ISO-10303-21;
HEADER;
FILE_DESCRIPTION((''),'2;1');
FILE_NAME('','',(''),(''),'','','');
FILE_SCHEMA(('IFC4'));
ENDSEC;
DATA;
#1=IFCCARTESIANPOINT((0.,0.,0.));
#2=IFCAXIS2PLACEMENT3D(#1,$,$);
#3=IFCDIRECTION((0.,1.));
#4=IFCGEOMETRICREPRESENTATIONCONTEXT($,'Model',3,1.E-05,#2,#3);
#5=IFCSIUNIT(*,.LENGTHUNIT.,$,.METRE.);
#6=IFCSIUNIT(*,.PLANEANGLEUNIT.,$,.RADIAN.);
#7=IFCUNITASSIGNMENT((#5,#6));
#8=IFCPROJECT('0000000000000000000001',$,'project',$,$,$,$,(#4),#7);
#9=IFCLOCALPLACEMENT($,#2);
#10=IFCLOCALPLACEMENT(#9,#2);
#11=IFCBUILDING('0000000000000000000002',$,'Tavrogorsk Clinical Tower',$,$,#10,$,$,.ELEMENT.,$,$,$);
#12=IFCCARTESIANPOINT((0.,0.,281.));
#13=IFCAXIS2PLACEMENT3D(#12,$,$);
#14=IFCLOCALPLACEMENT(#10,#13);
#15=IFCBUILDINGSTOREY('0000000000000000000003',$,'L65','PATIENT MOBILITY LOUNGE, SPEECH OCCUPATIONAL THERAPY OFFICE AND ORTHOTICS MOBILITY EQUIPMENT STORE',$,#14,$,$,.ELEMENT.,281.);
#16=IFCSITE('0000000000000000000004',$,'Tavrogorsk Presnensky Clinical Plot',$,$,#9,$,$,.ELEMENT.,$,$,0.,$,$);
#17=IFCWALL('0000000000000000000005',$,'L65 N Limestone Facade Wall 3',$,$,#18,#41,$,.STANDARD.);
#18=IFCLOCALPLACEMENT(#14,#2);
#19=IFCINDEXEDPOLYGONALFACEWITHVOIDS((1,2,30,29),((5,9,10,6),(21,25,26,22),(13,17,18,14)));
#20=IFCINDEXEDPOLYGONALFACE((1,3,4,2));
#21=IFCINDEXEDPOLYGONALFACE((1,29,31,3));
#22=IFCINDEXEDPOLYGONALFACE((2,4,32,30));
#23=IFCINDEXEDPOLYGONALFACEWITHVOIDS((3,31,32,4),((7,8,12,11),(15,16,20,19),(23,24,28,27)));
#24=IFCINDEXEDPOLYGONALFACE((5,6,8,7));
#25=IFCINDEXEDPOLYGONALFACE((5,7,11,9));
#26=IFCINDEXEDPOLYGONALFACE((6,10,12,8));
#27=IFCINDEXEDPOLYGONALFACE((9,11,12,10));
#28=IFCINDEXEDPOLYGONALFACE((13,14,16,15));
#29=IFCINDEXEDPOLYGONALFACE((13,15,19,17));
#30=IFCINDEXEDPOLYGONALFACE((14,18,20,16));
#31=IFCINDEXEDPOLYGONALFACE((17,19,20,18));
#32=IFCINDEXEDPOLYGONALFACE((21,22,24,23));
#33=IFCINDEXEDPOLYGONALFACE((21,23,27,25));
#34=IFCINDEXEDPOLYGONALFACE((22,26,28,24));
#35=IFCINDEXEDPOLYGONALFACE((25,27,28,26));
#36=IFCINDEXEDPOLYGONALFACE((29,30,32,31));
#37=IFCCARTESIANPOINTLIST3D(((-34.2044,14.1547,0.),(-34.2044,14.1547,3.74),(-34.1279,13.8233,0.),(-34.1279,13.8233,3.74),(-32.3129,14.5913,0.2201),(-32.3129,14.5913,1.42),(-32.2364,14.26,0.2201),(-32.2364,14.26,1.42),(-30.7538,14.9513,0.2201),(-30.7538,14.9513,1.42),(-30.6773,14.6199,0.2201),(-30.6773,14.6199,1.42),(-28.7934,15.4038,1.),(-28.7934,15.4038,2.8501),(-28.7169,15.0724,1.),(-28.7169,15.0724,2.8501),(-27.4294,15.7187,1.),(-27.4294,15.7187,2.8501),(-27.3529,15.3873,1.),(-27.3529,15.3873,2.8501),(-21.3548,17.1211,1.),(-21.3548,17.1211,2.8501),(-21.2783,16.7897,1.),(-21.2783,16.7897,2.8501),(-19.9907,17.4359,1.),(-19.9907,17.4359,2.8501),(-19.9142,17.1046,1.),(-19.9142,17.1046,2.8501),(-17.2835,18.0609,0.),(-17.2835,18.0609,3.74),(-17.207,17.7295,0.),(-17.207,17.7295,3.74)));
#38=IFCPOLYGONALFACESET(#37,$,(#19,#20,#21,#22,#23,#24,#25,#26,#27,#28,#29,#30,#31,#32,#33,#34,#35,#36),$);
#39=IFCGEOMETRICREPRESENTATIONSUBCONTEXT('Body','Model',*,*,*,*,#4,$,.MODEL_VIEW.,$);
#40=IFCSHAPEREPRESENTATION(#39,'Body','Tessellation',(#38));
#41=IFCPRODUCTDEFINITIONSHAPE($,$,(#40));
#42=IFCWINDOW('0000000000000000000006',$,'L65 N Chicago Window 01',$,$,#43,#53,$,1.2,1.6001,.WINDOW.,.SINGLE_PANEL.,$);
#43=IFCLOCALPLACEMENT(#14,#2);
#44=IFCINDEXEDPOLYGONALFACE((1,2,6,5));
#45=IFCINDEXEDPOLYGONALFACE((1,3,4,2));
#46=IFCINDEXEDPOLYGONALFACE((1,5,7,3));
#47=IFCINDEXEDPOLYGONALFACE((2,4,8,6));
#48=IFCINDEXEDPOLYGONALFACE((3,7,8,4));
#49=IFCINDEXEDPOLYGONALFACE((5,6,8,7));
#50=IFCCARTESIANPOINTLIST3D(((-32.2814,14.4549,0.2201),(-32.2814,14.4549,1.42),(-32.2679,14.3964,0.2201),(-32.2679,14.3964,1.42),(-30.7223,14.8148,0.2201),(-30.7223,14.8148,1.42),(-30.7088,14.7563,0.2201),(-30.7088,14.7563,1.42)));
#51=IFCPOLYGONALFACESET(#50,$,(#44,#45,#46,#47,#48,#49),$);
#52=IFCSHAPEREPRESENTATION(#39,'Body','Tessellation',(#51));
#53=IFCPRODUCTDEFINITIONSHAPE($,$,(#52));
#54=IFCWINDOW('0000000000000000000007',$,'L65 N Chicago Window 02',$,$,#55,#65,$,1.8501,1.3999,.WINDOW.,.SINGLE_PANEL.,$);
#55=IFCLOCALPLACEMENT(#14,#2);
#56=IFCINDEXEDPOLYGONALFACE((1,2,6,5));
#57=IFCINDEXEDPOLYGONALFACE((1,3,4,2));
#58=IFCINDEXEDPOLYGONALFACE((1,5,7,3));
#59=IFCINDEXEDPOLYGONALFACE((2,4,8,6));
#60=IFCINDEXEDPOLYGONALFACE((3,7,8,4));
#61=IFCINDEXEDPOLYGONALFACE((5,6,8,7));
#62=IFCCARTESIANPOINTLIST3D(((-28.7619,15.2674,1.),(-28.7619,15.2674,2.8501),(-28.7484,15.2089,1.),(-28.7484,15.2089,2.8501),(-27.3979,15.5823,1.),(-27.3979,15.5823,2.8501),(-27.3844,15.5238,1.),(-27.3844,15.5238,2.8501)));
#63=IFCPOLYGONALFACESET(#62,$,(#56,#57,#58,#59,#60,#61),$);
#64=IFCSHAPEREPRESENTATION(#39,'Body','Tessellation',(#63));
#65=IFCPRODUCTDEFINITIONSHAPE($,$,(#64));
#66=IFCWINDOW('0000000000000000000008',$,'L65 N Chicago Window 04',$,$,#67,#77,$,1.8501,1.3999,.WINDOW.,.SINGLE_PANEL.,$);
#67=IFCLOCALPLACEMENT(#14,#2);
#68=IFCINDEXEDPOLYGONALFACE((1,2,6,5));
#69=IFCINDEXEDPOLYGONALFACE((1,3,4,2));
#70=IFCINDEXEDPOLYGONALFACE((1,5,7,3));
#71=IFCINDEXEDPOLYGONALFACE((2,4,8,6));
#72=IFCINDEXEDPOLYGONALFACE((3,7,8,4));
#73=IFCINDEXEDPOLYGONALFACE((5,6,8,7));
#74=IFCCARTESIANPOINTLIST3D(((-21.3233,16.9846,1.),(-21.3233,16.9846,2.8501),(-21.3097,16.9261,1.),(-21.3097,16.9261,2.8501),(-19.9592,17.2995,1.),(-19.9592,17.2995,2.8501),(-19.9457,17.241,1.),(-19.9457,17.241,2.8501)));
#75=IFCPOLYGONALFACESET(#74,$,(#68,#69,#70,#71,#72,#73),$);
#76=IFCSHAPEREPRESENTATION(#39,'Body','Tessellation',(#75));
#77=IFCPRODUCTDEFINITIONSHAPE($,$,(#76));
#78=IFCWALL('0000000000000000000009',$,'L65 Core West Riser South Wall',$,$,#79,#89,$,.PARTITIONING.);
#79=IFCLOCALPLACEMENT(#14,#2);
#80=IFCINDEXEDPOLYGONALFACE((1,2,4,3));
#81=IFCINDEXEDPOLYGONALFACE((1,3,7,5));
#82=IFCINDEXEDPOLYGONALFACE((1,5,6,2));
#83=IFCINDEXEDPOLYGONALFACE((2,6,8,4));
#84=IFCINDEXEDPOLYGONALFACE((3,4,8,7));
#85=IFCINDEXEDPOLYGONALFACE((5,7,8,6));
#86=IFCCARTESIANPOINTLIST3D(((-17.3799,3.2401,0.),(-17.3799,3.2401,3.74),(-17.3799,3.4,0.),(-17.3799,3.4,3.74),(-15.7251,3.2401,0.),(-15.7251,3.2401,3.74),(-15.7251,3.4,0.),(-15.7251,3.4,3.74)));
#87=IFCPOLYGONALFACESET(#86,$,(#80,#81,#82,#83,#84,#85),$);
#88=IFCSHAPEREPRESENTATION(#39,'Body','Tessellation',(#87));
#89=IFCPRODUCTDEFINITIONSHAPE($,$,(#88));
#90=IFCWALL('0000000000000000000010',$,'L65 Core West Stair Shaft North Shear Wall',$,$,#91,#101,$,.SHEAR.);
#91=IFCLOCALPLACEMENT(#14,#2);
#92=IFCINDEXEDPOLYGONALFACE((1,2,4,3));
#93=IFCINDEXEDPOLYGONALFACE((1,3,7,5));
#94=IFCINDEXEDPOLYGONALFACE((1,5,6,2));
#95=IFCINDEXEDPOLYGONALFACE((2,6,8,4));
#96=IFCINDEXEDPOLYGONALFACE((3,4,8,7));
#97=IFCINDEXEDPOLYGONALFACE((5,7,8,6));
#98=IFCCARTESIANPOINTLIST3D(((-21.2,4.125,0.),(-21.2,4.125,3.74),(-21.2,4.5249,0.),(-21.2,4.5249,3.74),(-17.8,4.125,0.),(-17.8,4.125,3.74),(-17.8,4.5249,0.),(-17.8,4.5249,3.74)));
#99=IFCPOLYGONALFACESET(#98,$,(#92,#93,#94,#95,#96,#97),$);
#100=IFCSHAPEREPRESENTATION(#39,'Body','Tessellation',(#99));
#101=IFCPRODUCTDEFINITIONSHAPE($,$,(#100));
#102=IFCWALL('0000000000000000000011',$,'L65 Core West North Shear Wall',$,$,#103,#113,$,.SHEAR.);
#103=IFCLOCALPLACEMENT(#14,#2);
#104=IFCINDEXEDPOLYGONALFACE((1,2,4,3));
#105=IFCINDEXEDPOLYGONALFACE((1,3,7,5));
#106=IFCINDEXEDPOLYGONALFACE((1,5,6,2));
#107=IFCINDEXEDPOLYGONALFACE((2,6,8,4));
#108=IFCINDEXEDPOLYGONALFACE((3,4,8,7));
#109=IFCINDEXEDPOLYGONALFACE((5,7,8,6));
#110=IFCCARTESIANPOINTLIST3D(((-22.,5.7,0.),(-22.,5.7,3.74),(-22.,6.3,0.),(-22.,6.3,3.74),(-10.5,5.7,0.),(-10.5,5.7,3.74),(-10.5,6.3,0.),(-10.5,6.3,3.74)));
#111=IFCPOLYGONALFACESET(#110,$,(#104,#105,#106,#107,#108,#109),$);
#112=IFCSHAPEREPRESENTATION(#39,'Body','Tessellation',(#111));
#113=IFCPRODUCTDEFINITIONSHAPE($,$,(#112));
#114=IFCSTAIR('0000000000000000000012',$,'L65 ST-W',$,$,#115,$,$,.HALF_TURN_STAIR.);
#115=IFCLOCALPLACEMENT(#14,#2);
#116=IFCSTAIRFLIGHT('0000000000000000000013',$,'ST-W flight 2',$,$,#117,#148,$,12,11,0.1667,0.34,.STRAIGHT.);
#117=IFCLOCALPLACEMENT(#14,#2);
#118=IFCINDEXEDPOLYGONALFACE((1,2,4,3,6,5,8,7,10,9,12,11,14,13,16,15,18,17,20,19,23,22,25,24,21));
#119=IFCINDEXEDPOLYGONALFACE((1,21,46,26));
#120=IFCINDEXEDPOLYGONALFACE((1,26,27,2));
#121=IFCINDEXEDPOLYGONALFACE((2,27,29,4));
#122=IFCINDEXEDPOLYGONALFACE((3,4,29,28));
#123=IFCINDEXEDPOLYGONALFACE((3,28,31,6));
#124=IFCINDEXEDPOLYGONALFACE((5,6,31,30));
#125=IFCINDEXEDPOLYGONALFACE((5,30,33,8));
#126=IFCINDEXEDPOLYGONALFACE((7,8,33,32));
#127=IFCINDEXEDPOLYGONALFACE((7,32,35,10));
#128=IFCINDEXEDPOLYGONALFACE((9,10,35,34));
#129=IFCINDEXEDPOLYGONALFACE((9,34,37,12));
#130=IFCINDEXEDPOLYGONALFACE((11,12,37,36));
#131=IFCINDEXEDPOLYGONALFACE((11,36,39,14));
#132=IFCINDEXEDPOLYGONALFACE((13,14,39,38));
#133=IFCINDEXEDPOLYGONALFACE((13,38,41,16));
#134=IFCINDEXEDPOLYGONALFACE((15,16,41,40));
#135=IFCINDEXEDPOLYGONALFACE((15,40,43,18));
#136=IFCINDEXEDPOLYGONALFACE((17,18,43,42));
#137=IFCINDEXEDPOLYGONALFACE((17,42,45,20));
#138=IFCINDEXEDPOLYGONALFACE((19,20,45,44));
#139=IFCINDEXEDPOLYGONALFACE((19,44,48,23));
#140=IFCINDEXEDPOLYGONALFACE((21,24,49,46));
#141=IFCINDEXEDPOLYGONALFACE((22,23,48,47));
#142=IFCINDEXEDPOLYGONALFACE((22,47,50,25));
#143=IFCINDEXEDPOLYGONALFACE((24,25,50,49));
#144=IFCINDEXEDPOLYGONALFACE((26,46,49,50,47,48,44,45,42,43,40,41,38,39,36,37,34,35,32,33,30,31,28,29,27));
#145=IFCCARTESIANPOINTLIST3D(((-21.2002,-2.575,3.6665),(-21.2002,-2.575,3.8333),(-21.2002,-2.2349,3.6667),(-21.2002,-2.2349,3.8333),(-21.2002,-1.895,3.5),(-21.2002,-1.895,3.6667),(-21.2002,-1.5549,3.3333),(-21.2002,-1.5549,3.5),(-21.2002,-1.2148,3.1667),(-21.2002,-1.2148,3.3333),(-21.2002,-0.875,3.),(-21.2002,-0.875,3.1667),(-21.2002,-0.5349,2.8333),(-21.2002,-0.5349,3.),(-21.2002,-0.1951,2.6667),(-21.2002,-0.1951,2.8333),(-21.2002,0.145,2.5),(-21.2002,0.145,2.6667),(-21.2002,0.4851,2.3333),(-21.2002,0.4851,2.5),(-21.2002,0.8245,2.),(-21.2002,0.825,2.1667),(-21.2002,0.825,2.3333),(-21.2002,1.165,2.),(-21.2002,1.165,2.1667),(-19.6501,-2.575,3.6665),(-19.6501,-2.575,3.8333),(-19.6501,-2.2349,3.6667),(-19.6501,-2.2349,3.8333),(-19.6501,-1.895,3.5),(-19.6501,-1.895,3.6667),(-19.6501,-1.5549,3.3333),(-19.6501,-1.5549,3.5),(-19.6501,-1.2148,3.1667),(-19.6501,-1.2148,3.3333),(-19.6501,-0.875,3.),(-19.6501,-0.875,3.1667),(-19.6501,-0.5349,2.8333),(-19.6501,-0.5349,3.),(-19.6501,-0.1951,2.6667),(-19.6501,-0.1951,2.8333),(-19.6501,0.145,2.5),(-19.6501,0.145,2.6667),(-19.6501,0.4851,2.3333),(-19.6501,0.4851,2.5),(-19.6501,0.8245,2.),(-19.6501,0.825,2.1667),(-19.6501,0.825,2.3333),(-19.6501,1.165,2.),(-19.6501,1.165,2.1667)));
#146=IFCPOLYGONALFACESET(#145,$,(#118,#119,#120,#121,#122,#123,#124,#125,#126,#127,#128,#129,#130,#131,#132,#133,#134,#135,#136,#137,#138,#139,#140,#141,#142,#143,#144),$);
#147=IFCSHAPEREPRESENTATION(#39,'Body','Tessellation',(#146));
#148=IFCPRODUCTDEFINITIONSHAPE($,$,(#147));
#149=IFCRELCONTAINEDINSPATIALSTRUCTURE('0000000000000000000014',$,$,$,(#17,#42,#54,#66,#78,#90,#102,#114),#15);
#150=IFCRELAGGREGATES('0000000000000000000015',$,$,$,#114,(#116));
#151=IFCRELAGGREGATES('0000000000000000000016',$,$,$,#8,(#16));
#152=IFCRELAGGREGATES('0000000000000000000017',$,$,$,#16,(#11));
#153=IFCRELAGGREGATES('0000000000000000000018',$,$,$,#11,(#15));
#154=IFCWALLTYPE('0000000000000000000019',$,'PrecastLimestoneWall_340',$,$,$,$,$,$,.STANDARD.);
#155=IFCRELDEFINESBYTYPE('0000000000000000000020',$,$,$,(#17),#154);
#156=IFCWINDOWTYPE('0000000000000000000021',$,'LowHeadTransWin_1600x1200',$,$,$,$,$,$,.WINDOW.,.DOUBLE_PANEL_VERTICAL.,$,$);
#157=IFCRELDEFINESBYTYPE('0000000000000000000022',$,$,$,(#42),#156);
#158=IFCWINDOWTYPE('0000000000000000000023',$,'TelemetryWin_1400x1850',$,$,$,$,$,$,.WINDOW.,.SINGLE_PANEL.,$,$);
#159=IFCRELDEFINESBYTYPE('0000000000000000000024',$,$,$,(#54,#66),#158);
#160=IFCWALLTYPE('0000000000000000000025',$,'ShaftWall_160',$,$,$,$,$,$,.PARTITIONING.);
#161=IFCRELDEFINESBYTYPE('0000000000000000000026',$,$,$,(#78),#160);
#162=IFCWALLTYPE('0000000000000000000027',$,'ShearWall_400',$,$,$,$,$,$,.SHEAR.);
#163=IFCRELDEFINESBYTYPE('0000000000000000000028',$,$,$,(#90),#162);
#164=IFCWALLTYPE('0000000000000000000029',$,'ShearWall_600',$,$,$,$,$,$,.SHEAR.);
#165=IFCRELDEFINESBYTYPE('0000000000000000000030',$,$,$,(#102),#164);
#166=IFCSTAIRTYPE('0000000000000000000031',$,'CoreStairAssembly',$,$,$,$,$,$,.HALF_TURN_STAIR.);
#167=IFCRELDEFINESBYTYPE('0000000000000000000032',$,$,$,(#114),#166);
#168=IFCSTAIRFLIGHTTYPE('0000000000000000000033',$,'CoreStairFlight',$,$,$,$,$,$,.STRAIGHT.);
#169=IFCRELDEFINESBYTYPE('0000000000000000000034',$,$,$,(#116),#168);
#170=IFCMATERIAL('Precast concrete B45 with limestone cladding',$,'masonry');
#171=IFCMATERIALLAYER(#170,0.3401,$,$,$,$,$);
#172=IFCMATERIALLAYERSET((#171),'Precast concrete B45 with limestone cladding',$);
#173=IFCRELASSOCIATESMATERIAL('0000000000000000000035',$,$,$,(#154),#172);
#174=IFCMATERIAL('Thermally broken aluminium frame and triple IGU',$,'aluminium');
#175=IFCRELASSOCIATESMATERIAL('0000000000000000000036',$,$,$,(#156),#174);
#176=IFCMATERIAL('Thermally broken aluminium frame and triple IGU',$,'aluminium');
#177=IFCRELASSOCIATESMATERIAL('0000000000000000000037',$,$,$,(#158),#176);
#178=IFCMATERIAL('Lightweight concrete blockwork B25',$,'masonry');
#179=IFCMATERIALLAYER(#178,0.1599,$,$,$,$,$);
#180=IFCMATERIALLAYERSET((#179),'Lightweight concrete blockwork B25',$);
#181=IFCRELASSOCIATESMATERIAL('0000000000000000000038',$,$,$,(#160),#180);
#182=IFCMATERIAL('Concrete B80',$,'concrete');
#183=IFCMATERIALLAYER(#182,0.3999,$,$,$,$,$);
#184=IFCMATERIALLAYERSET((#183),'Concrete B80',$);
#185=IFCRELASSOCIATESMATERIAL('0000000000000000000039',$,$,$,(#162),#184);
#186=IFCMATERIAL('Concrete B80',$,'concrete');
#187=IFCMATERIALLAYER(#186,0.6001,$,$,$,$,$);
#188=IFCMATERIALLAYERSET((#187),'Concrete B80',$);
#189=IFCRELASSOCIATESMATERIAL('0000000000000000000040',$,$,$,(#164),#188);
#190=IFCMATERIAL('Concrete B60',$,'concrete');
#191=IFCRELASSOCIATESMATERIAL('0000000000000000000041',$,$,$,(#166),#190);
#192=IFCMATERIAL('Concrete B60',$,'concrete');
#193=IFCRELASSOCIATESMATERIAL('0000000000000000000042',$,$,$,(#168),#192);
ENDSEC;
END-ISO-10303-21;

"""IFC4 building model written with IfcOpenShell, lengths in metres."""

from ifc_helpers import new_model, si_unit, direction, frame, frame_2d, origin, place, context, subcontext, project, spatial, polyline, rectangle, outline, extrude, material, layer, layer_set, type_object, element, fill, aggregate, save


model = new_model("IFC4")

# Units and contexts
model_context = context("Model", 3, precision=1e-05, world=origin(), true_north=direction((0.0, 1.0)))
body_context = subcontext(model_context, "Body", "Model", "MODEL_VIEW")
ifc_project = project(units=[si_unit("LENGTHUNIT", "METRE"), si_unit("PLANEANGLEUNIT", "RADIAN")], contexts=[model_context])

# Site, building, storey
site_placement = place(None, origin())
site = spatial("IfcSite", under=ifc_project, at=site_placement, Name="Tavrogorsk Presnensky Clinical Plot", CompositionType="ELEMENT", RefElevation=0.0)
building_placement = place(site_placement, origin())
building = spatial("IfcBuilding", under=site, at=building_placement, Name="Tavrogorsk Clinical Tower", CompositionType="ELEMENT")
storey_placement = place(building_placement, frame((0.0, 0.0, 281.0)))
storey = spatial("IfcBuildingStorey", under=building, at=storey_placement, Name="L65", Description="PATIENT MOBILITY LOUNGE, SPEECH OCCUPATIONAL THERAPY OFFICE AND ORTHOTICS MOBILITY EQUIPMENT STORE", CompositionType="ELEMENT", Elevation=281.0)

# Wall, openings, windows
ifc_material_1 = material(Name="Precast concrete B45 with limestone cladding", Category="masonry")
ifc_layer_1 = layer(ifc_material_1, 0.3401)
ifc_layer_set_1 = layer_set([ifc_layer_1], Name="Precast concrete B45 with limestone cladding")
wall_type_1 = type_object("IfcWallType", Name="PrecastLimestoneWall_340", PredefinedType="STANDARD", material=ifc_layer_set_1)
wall_1_placement = place(storey_placement, frame((-17.2451, 17.8953, 0.0), z_axis=(0.0, 0.0, 1.0), x_axis=(-0.974373, -0.224938, 0.0)))
wall_1 = element("IfcWall", 1, at=wall_1_placement, inside=storey, type_object=wall_type_1, Name="L65 N Limestone Facade Wall 3", PredefinedType="STANDARD", context=body_context, shape_type="SweptSolid", body=[
    extrude(rectangle(XDim=17.366, YDim=0.3401, at=frame_2d((8.6831, 0.0))), origin(), (0.0, 0.0, 1.0), 3.74),
])
opening_1_placement = place(wall_1_placement, frame((13.8247, 0.0, 0.22)))
opening_1 = element("IfcOpeningElement", 2, at=opening_1_placement, cuts=wall_1, PredefinedType="OPENING", context=body_context, shape_type="SweptSolid", body=[
    extrude(rectangle(XDim=1.6001, YDim=1.2, at=frame_2d((0.8, 0.6001))), frame((0.0, 0.1799, 0.0), z_axis=(0.0, -1.0, 0.0), x_axis=(1.0, 0.0, 0.0)), (0.0, 0.0, 1.0), 0.3601),
])
opening_2_placement = place(wall_1_placement, frame((10.4128, 0.0, 1.0)))
opening_2 = element("IfcOpeningElement", 3, at=opening_2_placement, cuts=wall_1, PredefinedType="OPENING", context=body_context, shape_type="SweptSolid", body=[
    extrude(rectangle(XDim=1.3999, YDim=1.8501, at=frame_2d((0.7, 0.925))), frame((0.0, 0.1799, 0.0), z_axis=(0.0, -1.0, 0.0), x_axis=(1.0, 0.0, 0.0)), (0.0, 0.0, 1.0), 0.3601),
])
opening_3_placement = place(wall_1_placement, frame((2.7786, 0.0, 1.0)))
opening_3 = element("IfcOpeningElement", 4, at=opening_3_placement, cuts=wall_1, PredefinedType="OPENING", context=body_context, shape_type="SweptSolid", body=[
    extrude(rectangle(XDim=1.3999, YDim=1.8501, at=frame_2d((0.7, 0.925))), frame((0.0, 0.1799, 0.0), z_axis=(0.0, -1.0, 0.0), x_axis=(1.0, 0.0, 0.0)), (0.0, 0.0, 1.0), 0.3601),
])
ifc_material_2 = material(Name="Thermally broken aluminium frame and triple IGU", Category="aluminium")
window_type_1 = type_object("IfcWindowType", Name="LowHeadTransWin_1600x1200", PartitioningType="DOUBLE_PANEL_VERTICAL", PredefinedType="WINDOW", material=ifc_material_2)
window_1_placement = place(opening_1_placement, origin())
window_1 = element("IfcWindow", 5, at=window_1_placement, inside=storey, type_object=window_type_1, Name="L65 N Chicago Window 01", OverallHeight=1.2, OverallWidth=1.6001, PartitioningType="SINGLE_PANEL", PredefinedType="WINDOW", context=body_context, shape_type="SweptSolid", body=[
    extrude(rectangle(XDim=1.6001, YDim=1.2, at=frame_2d((0.8, 0.6001))), frame((0.0, 0.03, 0.0), z_axis=(0.0, -1.0, 0.0), x_axis=(1.0, 0.0, 0.0)), (0.0, 0.0, 1.0), 0.0601),
])
fill(opening_1, window_1)
ifc_material_3 = material(Name="Thermally broken aluminium frame and triple IGU", Category="aluminium")
window_type_2 = type_object("IfcWindowType", Name="TelemetryWin_1400x1850", PartitioningType="SINGLE_PANEL", PredefinedType="WINDOW", material=ifc_material_3)
window_2_placement = place(opening_2_placement, origin())
window_2 = element("IfcWindow", 6, at=window_2_placement, inside=storey, type_object=window_type_2, Name="L65 N Chicago Window 02", OverallHeight=1.8501, OverallWidth=1.3999, PartitioningType="SINGLE_PANEL", PredefinedType="WINDOW", context=body_context, shape_type="SweptSolid", body=[
    extrude(rectangle(XDim=1.3999, YDim=1.8501, at=frame_2d((0.7, 0.925))), frame((0.0, 0.03, 0.0), z_axis=(0.0, -1.0, 0.0), x_axis=(1.0, 0.0, 0.0)), (0.0, 0.0, 1.0), 0.0601),
])
fill(opening_2, window_2)
window_3_placement = place(opening_3_placement, origin())
window_3 = element("IfcWindow", 7, at=window_3_placement, inside=storey, type_object=window_type_2, Name="L65 N Chicago Window 04", OverallHeight=1.8501, OverallWidth=1.3999, PartitioningType="SINGLE_PANEL", PredefinedType="WINDOW", context=body_context, shape_type="SweptSolid", body=[
    extrude(rectangle(XDim=1.3999, YDim=1.8501, at=frame_2d((0.7, 0.925))), frame((0.0, 0.03, 0.0), z_axis=(0.0, -1.0, 0.0), x_axis=(1.0, 0.0, 0.0)), (0.0, 0.0, 1.0), 0.0601),
])
fill(opening_3, window_3)

# Walls
ifc_material_4 = material(Name="Lightweight concrete blockwork B25", Category="masonry")
ifc_layer_2 = layer(ifc_material_4, 0.1599)
ifc_layer_set_2 = layer_set([ifc_layer_2], Name="Lightweight concrete blockwork B25")
wall_type_2 = type_object("IfcWallType", Name="ShaftWall_160", PredefinedType="PARTITIONING", material=ifc_layer_set_2)
wall_2_placement = place(storey_placement, frame((-17.3799, 3.3201, 0.0), z_axis=(0.0, 0.0, 1.0), x_axis=(1.0, 0.0, 0.0)))
element("IfcWall", 8, at=wall_2_placement, inside=storey, type_object=wall_type_2, Name="L65 Core West Riser South Wall", PredefinedType="PARTITIONING", context=body_context, shape_type="SweptSolid", body=[
    extrude(rectangle(XDim=1.6548, YDim=0.1599, at=frame_2d((0.8274, 0.0))), origin(), (0.0, 0.0, 1.0), 3.74),
])
ifc_material_5 = material(Name="Concrete B80", Category="concrete")
ifc_layer_3 = layer(ifc_material_5, 0.3999)
ifc_layer_set_3 = layer_set([ifc_layer_3], Name="Concrete B80")
wall_type_3 = type_object("IfcWallType", Name="ShearWall_400", PredefinedType="SHEAR", material=ifc_layer_set_3)
wall_3_placement = place(storey_placement, frame((-21.2, 4.325, 0.0), z_axis=(0.0, 0.0, 1.0), x_axis=(1.0, 0.0, 0.0)))
element("IfcWall", 9, at=wall_3_placement, inside=storey, type_object=wall_type_3, Name="L65 Core West Stair Shaft North Shear Wall", PredefinedType="SHEAR", context=body_context, shape_type="SweptSolid", body=[
    extrude(rectangle(XDim=3.3999, YDim=0.3999, at=frame_2d((1.7, 0.0))), origin(), (0.0, 0.0, 1.0), 3.74),
])
ifc_material_6 = material(Name="Concrete B80", Category="concrete")
ifc_layer_4 = layer(ifc_material_6, 0.6001)
ifc_layer_set_4 = layer_set([ifc_layer_4], Name="Concrete B80")
wall_type_4 = type_object("IfcWallType", Name="ShearWall_600", PredefinedType="SHEAR", material=ifc_layer_set_4)
wall_4_placement = place(storey_placement, frame((-22.0, 6.0, 0.0), z_axis=(0.0, 0.0, 1.0), x_axis=(1.0, 0.0, 0.0)))
element("IfcWall", 10, at=wall_4_placement, inside=storey, type_object=wall_type_4, Name="L65 Core West North Shear Wall", PredefinedType="SHEAR", context=body_context, shape_type="SweptSolid", body=[
    extrude(rectangle(XDim=11.5, YDim=0.6001, at=frame_2d((5.75, 0.0))), origin(), (0.0, 0.0, 1.0), 3.74),
])

# Stair, stair flight
ifc_material_7 = material(Name="Concrete B60", Category="concrete")
stair_type = type_object("IfcStairType", Name="CoreStairAssembly", PredefinedType="HALF_TURN_STAIR", material=ifc_material_7)
stair_placement = place(storey_placement, origin())
stair = element("IfcStair", 11, at=stair_placement, inside=storey, type_object=stair_type, Name="L65 ST-W", PredefinedType="HALF_TURN_STAIR")
ifc_material_8 = material(Name="Concrete B60", Category="concrete")
stair_flight_type = type_object("IfcStairFlightType", Name="CoreStairFlight", PredefinedType="STRAIGHT", material=ifc_material_8)
stair_flight_placement = place(storey_placement, frame((-20.425, 1.165, 2.0), z_axis=(0.0, 0.0, 1.0), x_axis=(0.0, -1.0, 0.0)))
stair_flight = element("IfcStairFlight", 12, at=stair_flight_placement, type_object=stair_flight_type, Name="ST-W flight 2", NumberOfRisers=12, NumberOfTreads=11, PredefinedType="STRAIGHT", RiserHeight=0.1667, TreadLength=0.34, context=body_context, shape_type="SweptSolid", body=[
    extrude(outline(polyline([(0.0, 0.0), (0.0, 0.1667), (0.3401, 0.1667), (0.3401, 0.3333), (0.6799, 0.3333), (0.6799, 0.5), (1.02, 0.5), (1.02, 0.6667), (1.3601, 0.6667), (1.3601, 0.8333), (1.7, 0.8333), (1.7, 1.0), (2.04, 1.0), (2.04, 1.1667), (2.3799, 1.1667), (2.3799, 1.3333), (2.72, 1.3333), (2.72, 1.5), (3.0601, 1.5), (3.0601, 1.6667), (3.3999, 1.6667), (3.3999, 1.8333), (3.74, 1.8333), (3.74, 2.0), (3.74, 1.6665), (0.3406, 0.0), (0.0, 0.0)])), frame((0.0, 0.7749, 0.0), z_axis=(0.0, -1.0, 0.0), x_axis=(1.0, 0.0, 0.0)), (0.0, 0.0, 1.0), 1.55),
])
aggregate(stair, [stair_flight])

save(model, "model.ifc")
